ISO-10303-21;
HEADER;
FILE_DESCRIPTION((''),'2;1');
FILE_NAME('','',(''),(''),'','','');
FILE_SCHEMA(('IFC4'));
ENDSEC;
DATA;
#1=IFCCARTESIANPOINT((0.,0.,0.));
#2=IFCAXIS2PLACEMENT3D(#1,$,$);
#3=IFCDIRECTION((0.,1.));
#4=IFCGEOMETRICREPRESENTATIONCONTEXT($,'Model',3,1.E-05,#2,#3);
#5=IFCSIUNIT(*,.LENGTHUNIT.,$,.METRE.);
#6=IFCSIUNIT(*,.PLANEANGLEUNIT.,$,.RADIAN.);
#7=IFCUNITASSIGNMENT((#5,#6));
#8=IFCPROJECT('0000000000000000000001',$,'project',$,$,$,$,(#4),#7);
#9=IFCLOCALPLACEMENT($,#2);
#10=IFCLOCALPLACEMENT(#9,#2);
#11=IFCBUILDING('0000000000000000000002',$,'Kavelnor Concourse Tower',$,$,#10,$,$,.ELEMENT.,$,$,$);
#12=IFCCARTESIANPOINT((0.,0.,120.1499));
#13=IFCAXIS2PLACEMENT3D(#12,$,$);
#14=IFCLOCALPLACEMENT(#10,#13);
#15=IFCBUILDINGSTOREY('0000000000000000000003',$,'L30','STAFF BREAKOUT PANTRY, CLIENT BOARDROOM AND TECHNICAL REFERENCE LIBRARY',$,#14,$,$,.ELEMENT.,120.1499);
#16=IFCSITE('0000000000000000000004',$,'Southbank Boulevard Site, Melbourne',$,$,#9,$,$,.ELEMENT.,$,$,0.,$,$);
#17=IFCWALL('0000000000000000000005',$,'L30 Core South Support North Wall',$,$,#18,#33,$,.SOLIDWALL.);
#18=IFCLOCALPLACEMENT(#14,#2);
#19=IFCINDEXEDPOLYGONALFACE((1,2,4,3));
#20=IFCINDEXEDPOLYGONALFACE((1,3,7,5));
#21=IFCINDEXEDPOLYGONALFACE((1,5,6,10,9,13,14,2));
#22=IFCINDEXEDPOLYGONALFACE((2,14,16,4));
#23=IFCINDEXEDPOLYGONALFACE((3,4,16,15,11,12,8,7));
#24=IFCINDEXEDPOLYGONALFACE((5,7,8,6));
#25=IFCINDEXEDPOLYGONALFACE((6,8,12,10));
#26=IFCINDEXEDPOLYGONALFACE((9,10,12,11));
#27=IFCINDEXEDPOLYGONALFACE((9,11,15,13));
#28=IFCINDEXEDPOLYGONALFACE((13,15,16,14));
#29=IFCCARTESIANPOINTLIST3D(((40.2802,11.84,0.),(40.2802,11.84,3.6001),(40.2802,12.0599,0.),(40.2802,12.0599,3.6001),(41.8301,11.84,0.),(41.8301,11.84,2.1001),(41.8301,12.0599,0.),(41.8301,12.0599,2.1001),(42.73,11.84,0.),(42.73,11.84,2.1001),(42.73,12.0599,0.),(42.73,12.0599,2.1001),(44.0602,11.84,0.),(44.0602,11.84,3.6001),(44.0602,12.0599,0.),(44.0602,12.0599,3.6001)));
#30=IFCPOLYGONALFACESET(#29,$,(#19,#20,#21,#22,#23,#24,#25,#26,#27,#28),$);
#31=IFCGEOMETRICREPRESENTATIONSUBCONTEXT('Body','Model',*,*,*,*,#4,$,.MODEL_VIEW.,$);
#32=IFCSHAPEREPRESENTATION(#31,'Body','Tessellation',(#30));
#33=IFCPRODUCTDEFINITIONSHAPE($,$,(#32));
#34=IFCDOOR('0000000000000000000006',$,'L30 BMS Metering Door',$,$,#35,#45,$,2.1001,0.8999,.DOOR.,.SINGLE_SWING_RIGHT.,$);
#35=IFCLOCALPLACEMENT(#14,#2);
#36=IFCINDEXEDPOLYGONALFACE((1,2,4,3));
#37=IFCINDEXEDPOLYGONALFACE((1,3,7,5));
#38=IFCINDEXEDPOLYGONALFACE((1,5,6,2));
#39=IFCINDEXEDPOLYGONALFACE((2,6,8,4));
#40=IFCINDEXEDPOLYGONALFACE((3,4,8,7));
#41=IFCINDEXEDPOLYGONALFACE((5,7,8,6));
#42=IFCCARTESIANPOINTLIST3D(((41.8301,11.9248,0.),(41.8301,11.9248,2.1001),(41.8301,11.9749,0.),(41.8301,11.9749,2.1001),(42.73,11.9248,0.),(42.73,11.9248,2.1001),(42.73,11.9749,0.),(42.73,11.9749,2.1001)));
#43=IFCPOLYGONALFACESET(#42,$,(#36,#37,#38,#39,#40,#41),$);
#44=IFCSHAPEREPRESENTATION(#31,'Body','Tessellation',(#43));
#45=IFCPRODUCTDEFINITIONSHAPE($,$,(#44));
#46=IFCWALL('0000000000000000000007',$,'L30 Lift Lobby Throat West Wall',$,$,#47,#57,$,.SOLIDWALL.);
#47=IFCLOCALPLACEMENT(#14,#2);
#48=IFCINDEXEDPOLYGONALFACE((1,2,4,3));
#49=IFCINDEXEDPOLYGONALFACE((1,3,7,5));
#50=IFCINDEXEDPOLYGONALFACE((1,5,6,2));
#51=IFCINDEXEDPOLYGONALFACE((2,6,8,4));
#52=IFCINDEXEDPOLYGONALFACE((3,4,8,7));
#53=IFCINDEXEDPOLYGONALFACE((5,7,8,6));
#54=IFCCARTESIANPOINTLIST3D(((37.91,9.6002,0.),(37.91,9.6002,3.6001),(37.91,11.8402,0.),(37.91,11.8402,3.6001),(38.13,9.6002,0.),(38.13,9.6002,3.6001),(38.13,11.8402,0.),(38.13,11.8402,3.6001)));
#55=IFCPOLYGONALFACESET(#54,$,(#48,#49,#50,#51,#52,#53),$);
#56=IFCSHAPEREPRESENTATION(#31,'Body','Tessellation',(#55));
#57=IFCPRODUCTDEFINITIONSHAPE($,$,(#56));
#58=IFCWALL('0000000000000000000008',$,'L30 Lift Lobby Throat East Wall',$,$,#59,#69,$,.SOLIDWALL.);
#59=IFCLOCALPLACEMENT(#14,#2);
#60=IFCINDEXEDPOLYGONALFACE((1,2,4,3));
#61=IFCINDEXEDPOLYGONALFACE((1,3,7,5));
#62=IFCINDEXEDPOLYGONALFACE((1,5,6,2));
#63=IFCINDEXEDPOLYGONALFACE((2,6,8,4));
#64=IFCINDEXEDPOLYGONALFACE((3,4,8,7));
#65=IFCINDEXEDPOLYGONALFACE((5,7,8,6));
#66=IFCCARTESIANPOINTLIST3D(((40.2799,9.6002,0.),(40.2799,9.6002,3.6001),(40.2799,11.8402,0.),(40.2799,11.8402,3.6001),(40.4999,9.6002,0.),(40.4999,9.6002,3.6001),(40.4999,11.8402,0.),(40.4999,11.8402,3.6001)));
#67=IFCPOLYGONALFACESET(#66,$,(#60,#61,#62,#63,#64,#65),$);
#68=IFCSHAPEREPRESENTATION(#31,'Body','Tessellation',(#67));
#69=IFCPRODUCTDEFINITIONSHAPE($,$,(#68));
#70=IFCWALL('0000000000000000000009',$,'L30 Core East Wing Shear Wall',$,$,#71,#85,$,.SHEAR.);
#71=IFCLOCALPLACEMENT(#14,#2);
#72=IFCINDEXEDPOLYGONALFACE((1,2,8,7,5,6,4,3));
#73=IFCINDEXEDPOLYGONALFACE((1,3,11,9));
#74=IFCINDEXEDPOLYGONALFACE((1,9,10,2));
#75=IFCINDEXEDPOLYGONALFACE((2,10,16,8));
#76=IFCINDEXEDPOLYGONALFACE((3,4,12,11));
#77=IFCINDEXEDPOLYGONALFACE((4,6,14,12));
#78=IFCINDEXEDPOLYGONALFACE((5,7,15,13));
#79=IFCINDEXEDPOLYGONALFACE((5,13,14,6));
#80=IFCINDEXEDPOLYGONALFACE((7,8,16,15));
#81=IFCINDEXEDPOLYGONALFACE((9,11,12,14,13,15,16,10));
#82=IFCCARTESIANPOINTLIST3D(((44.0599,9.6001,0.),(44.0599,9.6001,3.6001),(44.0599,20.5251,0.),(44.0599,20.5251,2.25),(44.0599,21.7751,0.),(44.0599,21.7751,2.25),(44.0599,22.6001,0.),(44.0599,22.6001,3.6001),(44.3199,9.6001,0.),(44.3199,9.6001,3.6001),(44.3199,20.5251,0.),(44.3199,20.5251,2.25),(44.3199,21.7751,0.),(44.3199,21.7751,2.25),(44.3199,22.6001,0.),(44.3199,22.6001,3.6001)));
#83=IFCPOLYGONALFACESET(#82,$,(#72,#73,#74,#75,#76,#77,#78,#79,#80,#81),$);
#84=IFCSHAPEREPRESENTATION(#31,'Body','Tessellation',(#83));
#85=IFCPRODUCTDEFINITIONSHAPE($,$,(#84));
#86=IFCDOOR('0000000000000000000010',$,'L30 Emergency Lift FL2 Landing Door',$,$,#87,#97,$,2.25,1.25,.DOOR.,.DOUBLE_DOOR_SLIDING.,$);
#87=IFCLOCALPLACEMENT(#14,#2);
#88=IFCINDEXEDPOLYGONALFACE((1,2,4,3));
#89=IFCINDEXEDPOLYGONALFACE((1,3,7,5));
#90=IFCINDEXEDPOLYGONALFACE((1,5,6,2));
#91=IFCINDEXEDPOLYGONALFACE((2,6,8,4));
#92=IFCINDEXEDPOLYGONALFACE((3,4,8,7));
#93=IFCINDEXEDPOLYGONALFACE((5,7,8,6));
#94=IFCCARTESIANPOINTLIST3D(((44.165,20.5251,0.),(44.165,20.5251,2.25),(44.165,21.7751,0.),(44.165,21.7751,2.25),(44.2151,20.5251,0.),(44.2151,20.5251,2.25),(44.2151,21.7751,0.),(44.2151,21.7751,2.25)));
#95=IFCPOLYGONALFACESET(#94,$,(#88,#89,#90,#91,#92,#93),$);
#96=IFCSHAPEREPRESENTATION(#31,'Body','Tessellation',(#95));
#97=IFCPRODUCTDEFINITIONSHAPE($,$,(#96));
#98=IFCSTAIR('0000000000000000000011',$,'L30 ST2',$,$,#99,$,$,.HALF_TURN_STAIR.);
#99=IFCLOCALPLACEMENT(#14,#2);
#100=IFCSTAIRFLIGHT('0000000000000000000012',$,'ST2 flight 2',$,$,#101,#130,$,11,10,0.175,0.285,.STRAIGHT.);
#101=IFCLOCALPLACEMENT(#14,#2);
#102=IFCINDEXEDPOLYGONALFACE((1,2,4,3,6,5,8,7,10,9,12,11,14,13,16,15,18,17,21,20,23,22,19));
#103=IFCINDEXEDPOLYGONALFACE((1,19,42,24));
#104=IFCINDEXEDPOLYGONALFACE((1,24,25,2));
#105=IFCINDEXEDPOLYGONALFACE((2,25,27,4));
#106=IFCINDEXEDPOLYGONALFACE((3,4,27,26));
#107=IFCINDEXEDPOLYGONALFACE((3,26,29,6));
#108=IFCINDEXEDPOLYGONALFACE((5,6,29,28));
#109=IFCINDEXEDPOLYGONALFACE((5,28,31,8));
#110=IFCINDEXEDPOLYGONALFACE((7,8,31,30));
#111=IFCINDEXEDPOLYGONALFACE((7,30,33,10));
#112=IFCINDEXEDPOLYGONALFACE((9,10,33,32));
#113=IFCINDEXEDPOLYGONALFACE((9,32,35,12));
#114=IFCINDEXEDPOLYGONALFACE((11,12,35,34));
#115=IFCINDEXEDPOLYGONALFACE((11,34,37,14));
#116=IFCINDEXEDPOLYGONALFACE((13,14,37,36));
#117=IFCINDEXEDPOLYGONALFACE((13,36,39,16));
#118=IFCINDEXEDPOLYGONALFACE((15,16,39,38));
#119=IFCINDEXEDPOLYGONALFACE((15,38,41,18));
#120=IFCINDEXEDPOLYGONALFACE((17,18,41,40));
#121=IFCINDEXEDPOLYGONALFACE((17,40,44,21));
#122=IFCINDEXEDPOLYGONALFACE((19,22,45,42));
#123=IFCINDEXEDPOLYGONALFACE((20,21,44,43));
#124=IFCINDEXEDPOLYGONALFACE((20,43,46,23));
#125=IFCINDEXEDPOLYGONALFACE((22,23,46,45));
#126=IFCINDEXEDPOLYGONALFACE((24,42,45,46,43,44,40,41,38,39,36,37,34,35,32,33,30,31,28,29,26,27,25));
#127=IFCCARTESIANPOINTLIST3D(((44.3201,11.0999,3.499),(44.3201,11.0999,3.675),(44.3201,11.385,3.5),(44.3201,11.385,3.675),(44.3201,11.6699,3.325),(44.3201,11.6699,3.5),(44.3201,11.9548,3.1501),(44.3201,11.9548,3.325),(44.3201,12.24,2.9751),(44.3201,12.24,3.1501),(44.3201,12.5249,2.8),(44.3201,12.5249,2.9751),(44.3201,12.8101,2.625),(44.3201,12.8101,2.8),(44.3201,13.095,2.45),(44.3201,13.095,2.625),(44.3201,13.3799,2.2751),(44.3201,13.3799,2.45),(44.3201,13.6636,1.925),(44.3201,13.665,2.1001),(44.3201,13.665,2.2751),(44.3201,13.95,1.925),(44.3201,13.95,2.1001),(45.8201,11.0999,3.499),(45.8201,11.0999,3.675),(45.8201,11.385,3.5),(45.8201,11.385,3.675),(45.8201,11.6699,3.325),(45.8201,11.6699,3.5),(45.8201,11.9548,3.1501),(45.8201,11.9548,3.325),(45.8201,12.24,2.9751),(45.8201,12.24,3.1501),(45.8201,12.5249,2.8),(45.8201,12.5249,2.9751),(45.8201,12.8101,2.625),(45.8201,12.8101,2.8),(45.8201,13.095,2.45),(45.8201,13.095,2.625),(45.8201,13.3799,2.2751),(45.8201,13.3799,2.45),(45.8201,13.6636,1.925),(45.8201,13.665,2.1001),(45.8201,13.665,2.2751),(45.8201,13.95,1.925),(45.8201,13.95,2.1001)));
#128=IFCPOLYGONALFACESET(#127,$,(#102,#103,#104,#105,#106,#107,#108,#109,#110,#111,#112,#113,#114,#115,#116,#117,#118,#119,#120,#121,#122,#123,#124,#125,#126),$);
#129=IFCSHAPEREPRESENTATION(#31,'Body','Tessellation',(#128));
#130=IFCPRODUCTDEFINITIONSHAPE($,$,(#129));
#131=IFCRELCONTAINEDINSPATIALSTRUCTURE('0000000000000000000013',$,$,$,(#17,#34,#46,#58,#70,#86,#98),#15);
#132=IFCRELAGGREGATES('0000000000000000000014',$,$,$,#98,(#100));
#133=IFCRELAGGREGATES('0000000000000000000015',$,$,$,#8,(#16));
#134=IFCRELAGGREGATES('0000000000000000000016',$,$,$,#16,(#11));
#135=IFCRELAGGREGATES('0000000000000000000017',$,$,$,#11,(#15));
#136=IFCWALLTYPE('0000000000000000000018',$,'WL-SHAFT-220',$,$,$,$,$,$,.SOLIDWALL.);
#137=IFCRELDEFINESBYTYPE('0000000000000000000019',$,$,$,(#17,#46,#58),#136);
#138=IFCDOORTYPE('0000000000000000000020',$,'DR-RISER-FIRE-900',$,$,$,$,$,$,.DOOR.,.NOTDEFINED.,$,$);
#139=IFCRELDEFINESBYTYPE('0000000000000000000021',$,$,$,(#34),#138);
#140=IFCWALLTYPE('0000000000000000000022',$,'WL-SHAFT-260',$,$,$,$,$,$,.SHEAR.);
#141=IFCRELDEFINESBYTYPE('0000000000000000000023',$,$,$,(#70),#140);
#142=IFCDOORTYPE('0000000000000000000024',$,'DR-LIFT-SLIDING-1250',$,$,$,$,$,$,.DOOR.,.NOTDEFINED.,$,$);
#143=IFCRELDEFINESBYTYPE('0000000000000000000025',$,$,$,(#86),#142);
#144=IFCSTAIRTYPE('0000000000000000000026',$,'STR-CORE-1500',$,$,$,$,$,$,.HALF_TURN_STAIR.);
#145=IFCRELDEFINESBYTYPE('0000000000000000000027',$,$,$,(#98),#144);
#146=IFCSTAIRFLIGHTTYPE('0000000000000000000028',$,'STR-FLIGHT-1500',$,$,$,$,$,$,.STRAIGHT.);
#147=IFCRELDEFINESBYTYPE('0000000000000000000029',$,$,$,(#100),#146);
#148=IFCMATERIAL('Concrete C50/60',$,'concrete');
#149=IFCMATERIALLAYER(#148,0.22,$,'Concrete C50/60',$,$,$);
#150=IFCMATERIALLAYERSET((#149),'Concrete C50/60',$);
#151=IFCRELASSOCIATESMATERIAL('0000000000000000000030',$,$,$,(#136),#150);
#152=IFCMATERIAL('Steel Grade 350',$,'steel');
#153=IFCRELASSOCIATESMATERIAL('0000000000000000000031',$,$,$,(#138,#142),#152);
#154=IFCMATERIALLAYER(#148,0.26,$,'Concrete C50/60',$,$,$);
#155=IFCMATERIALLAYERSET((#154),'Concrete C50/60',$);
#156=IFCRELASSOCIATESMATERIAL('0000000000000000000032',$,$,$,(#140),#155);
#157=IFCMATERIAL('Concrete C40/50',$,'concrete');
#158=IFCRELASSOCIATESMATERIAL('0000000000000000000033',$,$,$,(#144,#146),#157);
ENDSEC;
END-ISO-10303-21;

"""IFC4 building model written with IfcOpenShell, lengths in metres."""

from ifc_helpers import new_model, si_unit, direction, frame, frame_2d, origin, place, context, subcontext, project, spatial, polyline, rectangle, outline, extrude, material, layer, layer_set, type_object, element, fill, aggregate, save


model = new_model("IFC4")

# Units and contexts
model_context = context("Model", 3, precision=1e-05, world=origin(), true_north=direction((0.0, 1.0)))
body_context = subcontext(model_context, "Body", "Model", "MODEL_VIEW")
ifc_project = project(units=[si_unit("LENGTHUNIT", "METRE"), si_unit("PLANEANGLEUNIT", "RADIAN")], contexts=[model_context])

# Site, building, storey
site_placement = place(None, origin())
site = spatial("IfcSite", under=ifc_project, at=site_placement, Name="Southbank Boulevard Site, Melbourne", CompositionType="ELEMENT", RefElevation=0.0)
building_placement = place(site_placement, origin())
building = spatial("IfcBuilding", under=site, at=building_placement, Name="Kavelnor Concourse Tower", CompositionType="ELEMENT")
storey_placement = place(building_placement, frame((0.0, 0.0, 120.1499)))
storey = spatial("IfcBuildingStorey", under=building, at=storey_placement, Name="L30", Description="STAFF BREAKOUT PANTRY, CLIENT BOARDROOM AND TECHNICAL REFERENCE LIBRARY", CompositionType="ELEMENT", Elevation=120.1499)

# Shared definitions
ifc_material_1 = material(Name="Steel Grade 350", Category="steel")

# Wall, opening, door
ifc_material_2 = material(Name="Concrete C50/60", Category="concrete")
ifc_layer_1 = layer(ifc_material_2, 0.22, Name="Concrete C50/60")
ifc_layer_set_1 = layer_set([ifc_layer_1], Name="Concrete C50/60")
wall_type_1 = type_object("IfcWallType", Name="WL-SHAFT-220", PredefinedType="SOLIDWALL", material=ifc_layer_set_1)
wall_1_placement = place(storey_placement, frame((40.28, 11.95, 0.0), z_axis=(0.0, 0.0, 1.0), x_axis=(1.0, 0.0, 0.0)))
wall_1 = element("IfcWall", 1, at=wall_1_placement, inside=storey, type_object=wall_type_1, Name="L30 Core South Support North Wall", PredefinedType="SOLIDWALL", context=body_context, shape_type="SweptSolid", body=[
    extrude(rectangle(XDim=3.78, YDim=0.22, at=frame_2d((1.8901, 0.0))), origin(), (0.0, 0.0, 1.0), 3.6001),
])
opening_1_placement = place(wall_1_placement, frame((1.55, 0.0, 0.0)))
opening_1 = element("IfcOpeningElement", 2, at=opening_1_placement, cuts=wall_1, PredefinedType="OPENING", context=body_context, shape_type="SweptSolid", body=[
    extrude(rectangle(XDim=0.8999, YDim=2.1001, at=frame_2d((0.45, 1.05))), frame((0.0, 0.1201, 0.0), z_axis=(0.0, -1.0, 0.0), x_axis=(1.0, 0.0, 0.0)), (0.0, 0.0, 1.0), 0.24),
])
door_type_1 = type_object("IfcDoorType", Name="DR-RISER-FIRE-900", OperationType="NOTDEFINED", PredefinedType="DOOR", material=ifc_material_1)
door_1_placement = place(opening_1_placement, origin())
door_1 = element("IfcDoor", 3, at=door_1_placement, inside=storey, type_object=door_type_1, Name="L30 BMS Metering Door", OperationType="SINGLE_SWING_RIGHT", OverallHeight=2.1001, OverallWidth=0.8999, PredefinedType="DOOR", context=body_context, shape_type="SweptSolid", body=[
    extrude(rectangle(XDim=0.8999, YDim=2.1001, at=frame_2d((0.45, 1.05))), frame((0.0, 0.0249, 0.0), z_axis=(0.0, -1.0, 0.0), x_axis=(1.0, 0.0, 0.0)), (0.0, 0.0, 1.0), 0.05),
])
fill(opening_1, door_1)

# Walls
for number, where, z_axis, x_axis, name in (
    (4, (38.02, 9.6001, 0.0), (0.0, 0.0, 1.0), (0.0, 1.0, 0.0), "L30 Lift Lobby Throat West Wall"),
    (5, (40.3899, 9.6001, 0.0), (0.0, 0.0, 1.0), (0.0, 1.0, 0.0), "L30 Lift Lobby Throat East Wall"),
):
    element("IfcWall", number, at=place(storey_placement, frame(where, z_axis=z_axis, x_axis=x_axis)), inside=storey, type_object=wall_type_1, Name=name, PredefinedType="SOLIDWALL", context=body_context, shape_type="SweptSolid", body=[
        extrude(rectangle(XDim=2.24, YDim=0.22, at=frame_2d((1.1201, 0.0))), origin(), (0.0, 0.0, 1.0), 3.6001),
    ])

# Wall, opening, door
ifc_layer_2 = layer(ifc_material_2, 0.26, Name="Concrete C50/60")
ifc_layer_set_2 = layer_set([ifc_layer_2], Name="Concrete C50/60")
wall_type_2 = type_object("IfcWallType", Name="WL-SHAFT-260", PredefinedType="SHEAR", material=ifc_layer_set_2)
wall_2_placement = place(storey_placement, frame((44.1899, 9.6001, 0.0), z_axis=(0.0, 0.0, 1.0), x_axis=(0.0, 1.0, 0.0)))
wall_2 = element("IfcWall", 6, at=wall_2_placement, inside=storey, type_object=wall_type_2, Name="L30 Core East Wing Shear Wall", PredefinedType="SHEAR", context=body_context, shape_type="SweptSolid", body=[
    extrude(rectangle(XDim=13.0, YDim=0.26, at=frame_2d((6.5, 0.0))), origin(), (0.0, 0.0, 1.0), 3.6001),
])
opening_2_placement = place(wall_2_placement, frame((10.925, 0.0, 0.0)))
opening_2 = element("IfcOpeningElement", 7, at=opening_2_placement, cuts=wall_2, PredefinedType="OPENING", context=body_context, shape_type="SweptSolid", body=[
    extrude(rectangle(XDim=1.25, YDim=2.25, at=frame_2d((0.625, 1.125))), frame((0.0, 0.1401, 0.0), z_axis=(0.0, -1.0, 0.0), x_axis=(1.0, 0.0, 0.0)), (0.0, 0.0, 1.0), 0.28),
])
door_type_2 = type_object("IfcDoorType", Name="DR-LIFT-SLIDING-1250", OperationType="NOTDEFINED", PredefinedType="DOOR", material=ifc_material_1)
door_2_placement = place(opening_2_placement, origin())
door_2 = element("IfcDoor", 8, at=door_2_placement, inside=storey, type_object=door_type_2, Name="L30 Emergency Lift FL2 Landing Door", OperationType="DOUBLE_DOOR_SLIDING", OverallHeight=2.25, OverallWidth=1.25, PredefinedType="DOOR", context=body_context, shape_type="SweptSolid", body=[
    extrude(rectangle(XDim=1.25, YDim=2.25, at=frame_2d((0.625, 1.125))), frame((0.0, 0.0249, 0.0), z_axis=(0.0, -1.0, 0.0), x_axis=(1.0, 0.0, 0.0)), (0.0, 0.0, 1.0), 0.05),
])
fill(opening_2, door_2)

# Stair, stair flight
ifc_material_3 = material(Name="Concrete C40/50", Category="concrete")
stair_type = type_object("IfcStairType", Name="STR-CORE-1500", PredefinedType="HALF_TURN_STAIR", material=ifc_material_3)
stair_placement = place(storey_placement, origin())
stair = element("IfcStair", 9, at=stair_placement, inside=storey, type_object=stair_type, Name="L30 ST2", PredefinedType="HALF_TURN_STAIR")
stair_flight_type = type_object("IfcStairFlightType", Name="STR-FLIGHT-1500", PredefinedType="STRAIGHT", material=ifc_material_3)
stair_flight_placement = place(storey_placement, frame((45.0701, 13.95, 1.925), z_axis=(0.0, 0.0, 1.0), x_axis=(0.0, -1.0, 0.0)))
stair_flight = element("IfcStairFlight", 10, at=stair_flight_placement, type_object=stair_flight_type, Name="ST2 flight 2", NumberOfRisers=11, NumberOfTreads=10, PredefinedType="STRAIGHT", RiserHeight=0.175, TreadLength=0.285, context=body_context, shape_type="SweptSolid", body=[
    extrude(outline(polyline([(0.0, 0.0), (0.0, 0.175), (0.2849, 0.175), (0.2849, 0.3501), (0.5701, 0.3501), (0.5701, 0.5249), (0.855, 0.5249), (0.855, 0.7), (1.1399, 0.7), (1.1399, 0.875), (1.425, 0.875), (1.425, 1.05), (1.71, 1.05), (1.71, 1.2251), (1.9951, 1.2251), (1.9951, 1.3999), (2.28, 1.3999), (2.28, 1.575), (2.5649, 1.575), (2.5649, 1.75), (2.8501, 1.75), (2.8501, 1.925), (2.8501, 1.574), (0.2864, 0.0), (0.0, 0.0)])), frame((0.0, 0.75, 0.0), z_axis=(0.0, -1.0, 0.0), x_axis=(1.0, 0.0, 0.0)), (0.0, 0.0, 1.0), 1.5),
])
aggregate(stair, [stair_flight])

save(model, "model.ifc")
